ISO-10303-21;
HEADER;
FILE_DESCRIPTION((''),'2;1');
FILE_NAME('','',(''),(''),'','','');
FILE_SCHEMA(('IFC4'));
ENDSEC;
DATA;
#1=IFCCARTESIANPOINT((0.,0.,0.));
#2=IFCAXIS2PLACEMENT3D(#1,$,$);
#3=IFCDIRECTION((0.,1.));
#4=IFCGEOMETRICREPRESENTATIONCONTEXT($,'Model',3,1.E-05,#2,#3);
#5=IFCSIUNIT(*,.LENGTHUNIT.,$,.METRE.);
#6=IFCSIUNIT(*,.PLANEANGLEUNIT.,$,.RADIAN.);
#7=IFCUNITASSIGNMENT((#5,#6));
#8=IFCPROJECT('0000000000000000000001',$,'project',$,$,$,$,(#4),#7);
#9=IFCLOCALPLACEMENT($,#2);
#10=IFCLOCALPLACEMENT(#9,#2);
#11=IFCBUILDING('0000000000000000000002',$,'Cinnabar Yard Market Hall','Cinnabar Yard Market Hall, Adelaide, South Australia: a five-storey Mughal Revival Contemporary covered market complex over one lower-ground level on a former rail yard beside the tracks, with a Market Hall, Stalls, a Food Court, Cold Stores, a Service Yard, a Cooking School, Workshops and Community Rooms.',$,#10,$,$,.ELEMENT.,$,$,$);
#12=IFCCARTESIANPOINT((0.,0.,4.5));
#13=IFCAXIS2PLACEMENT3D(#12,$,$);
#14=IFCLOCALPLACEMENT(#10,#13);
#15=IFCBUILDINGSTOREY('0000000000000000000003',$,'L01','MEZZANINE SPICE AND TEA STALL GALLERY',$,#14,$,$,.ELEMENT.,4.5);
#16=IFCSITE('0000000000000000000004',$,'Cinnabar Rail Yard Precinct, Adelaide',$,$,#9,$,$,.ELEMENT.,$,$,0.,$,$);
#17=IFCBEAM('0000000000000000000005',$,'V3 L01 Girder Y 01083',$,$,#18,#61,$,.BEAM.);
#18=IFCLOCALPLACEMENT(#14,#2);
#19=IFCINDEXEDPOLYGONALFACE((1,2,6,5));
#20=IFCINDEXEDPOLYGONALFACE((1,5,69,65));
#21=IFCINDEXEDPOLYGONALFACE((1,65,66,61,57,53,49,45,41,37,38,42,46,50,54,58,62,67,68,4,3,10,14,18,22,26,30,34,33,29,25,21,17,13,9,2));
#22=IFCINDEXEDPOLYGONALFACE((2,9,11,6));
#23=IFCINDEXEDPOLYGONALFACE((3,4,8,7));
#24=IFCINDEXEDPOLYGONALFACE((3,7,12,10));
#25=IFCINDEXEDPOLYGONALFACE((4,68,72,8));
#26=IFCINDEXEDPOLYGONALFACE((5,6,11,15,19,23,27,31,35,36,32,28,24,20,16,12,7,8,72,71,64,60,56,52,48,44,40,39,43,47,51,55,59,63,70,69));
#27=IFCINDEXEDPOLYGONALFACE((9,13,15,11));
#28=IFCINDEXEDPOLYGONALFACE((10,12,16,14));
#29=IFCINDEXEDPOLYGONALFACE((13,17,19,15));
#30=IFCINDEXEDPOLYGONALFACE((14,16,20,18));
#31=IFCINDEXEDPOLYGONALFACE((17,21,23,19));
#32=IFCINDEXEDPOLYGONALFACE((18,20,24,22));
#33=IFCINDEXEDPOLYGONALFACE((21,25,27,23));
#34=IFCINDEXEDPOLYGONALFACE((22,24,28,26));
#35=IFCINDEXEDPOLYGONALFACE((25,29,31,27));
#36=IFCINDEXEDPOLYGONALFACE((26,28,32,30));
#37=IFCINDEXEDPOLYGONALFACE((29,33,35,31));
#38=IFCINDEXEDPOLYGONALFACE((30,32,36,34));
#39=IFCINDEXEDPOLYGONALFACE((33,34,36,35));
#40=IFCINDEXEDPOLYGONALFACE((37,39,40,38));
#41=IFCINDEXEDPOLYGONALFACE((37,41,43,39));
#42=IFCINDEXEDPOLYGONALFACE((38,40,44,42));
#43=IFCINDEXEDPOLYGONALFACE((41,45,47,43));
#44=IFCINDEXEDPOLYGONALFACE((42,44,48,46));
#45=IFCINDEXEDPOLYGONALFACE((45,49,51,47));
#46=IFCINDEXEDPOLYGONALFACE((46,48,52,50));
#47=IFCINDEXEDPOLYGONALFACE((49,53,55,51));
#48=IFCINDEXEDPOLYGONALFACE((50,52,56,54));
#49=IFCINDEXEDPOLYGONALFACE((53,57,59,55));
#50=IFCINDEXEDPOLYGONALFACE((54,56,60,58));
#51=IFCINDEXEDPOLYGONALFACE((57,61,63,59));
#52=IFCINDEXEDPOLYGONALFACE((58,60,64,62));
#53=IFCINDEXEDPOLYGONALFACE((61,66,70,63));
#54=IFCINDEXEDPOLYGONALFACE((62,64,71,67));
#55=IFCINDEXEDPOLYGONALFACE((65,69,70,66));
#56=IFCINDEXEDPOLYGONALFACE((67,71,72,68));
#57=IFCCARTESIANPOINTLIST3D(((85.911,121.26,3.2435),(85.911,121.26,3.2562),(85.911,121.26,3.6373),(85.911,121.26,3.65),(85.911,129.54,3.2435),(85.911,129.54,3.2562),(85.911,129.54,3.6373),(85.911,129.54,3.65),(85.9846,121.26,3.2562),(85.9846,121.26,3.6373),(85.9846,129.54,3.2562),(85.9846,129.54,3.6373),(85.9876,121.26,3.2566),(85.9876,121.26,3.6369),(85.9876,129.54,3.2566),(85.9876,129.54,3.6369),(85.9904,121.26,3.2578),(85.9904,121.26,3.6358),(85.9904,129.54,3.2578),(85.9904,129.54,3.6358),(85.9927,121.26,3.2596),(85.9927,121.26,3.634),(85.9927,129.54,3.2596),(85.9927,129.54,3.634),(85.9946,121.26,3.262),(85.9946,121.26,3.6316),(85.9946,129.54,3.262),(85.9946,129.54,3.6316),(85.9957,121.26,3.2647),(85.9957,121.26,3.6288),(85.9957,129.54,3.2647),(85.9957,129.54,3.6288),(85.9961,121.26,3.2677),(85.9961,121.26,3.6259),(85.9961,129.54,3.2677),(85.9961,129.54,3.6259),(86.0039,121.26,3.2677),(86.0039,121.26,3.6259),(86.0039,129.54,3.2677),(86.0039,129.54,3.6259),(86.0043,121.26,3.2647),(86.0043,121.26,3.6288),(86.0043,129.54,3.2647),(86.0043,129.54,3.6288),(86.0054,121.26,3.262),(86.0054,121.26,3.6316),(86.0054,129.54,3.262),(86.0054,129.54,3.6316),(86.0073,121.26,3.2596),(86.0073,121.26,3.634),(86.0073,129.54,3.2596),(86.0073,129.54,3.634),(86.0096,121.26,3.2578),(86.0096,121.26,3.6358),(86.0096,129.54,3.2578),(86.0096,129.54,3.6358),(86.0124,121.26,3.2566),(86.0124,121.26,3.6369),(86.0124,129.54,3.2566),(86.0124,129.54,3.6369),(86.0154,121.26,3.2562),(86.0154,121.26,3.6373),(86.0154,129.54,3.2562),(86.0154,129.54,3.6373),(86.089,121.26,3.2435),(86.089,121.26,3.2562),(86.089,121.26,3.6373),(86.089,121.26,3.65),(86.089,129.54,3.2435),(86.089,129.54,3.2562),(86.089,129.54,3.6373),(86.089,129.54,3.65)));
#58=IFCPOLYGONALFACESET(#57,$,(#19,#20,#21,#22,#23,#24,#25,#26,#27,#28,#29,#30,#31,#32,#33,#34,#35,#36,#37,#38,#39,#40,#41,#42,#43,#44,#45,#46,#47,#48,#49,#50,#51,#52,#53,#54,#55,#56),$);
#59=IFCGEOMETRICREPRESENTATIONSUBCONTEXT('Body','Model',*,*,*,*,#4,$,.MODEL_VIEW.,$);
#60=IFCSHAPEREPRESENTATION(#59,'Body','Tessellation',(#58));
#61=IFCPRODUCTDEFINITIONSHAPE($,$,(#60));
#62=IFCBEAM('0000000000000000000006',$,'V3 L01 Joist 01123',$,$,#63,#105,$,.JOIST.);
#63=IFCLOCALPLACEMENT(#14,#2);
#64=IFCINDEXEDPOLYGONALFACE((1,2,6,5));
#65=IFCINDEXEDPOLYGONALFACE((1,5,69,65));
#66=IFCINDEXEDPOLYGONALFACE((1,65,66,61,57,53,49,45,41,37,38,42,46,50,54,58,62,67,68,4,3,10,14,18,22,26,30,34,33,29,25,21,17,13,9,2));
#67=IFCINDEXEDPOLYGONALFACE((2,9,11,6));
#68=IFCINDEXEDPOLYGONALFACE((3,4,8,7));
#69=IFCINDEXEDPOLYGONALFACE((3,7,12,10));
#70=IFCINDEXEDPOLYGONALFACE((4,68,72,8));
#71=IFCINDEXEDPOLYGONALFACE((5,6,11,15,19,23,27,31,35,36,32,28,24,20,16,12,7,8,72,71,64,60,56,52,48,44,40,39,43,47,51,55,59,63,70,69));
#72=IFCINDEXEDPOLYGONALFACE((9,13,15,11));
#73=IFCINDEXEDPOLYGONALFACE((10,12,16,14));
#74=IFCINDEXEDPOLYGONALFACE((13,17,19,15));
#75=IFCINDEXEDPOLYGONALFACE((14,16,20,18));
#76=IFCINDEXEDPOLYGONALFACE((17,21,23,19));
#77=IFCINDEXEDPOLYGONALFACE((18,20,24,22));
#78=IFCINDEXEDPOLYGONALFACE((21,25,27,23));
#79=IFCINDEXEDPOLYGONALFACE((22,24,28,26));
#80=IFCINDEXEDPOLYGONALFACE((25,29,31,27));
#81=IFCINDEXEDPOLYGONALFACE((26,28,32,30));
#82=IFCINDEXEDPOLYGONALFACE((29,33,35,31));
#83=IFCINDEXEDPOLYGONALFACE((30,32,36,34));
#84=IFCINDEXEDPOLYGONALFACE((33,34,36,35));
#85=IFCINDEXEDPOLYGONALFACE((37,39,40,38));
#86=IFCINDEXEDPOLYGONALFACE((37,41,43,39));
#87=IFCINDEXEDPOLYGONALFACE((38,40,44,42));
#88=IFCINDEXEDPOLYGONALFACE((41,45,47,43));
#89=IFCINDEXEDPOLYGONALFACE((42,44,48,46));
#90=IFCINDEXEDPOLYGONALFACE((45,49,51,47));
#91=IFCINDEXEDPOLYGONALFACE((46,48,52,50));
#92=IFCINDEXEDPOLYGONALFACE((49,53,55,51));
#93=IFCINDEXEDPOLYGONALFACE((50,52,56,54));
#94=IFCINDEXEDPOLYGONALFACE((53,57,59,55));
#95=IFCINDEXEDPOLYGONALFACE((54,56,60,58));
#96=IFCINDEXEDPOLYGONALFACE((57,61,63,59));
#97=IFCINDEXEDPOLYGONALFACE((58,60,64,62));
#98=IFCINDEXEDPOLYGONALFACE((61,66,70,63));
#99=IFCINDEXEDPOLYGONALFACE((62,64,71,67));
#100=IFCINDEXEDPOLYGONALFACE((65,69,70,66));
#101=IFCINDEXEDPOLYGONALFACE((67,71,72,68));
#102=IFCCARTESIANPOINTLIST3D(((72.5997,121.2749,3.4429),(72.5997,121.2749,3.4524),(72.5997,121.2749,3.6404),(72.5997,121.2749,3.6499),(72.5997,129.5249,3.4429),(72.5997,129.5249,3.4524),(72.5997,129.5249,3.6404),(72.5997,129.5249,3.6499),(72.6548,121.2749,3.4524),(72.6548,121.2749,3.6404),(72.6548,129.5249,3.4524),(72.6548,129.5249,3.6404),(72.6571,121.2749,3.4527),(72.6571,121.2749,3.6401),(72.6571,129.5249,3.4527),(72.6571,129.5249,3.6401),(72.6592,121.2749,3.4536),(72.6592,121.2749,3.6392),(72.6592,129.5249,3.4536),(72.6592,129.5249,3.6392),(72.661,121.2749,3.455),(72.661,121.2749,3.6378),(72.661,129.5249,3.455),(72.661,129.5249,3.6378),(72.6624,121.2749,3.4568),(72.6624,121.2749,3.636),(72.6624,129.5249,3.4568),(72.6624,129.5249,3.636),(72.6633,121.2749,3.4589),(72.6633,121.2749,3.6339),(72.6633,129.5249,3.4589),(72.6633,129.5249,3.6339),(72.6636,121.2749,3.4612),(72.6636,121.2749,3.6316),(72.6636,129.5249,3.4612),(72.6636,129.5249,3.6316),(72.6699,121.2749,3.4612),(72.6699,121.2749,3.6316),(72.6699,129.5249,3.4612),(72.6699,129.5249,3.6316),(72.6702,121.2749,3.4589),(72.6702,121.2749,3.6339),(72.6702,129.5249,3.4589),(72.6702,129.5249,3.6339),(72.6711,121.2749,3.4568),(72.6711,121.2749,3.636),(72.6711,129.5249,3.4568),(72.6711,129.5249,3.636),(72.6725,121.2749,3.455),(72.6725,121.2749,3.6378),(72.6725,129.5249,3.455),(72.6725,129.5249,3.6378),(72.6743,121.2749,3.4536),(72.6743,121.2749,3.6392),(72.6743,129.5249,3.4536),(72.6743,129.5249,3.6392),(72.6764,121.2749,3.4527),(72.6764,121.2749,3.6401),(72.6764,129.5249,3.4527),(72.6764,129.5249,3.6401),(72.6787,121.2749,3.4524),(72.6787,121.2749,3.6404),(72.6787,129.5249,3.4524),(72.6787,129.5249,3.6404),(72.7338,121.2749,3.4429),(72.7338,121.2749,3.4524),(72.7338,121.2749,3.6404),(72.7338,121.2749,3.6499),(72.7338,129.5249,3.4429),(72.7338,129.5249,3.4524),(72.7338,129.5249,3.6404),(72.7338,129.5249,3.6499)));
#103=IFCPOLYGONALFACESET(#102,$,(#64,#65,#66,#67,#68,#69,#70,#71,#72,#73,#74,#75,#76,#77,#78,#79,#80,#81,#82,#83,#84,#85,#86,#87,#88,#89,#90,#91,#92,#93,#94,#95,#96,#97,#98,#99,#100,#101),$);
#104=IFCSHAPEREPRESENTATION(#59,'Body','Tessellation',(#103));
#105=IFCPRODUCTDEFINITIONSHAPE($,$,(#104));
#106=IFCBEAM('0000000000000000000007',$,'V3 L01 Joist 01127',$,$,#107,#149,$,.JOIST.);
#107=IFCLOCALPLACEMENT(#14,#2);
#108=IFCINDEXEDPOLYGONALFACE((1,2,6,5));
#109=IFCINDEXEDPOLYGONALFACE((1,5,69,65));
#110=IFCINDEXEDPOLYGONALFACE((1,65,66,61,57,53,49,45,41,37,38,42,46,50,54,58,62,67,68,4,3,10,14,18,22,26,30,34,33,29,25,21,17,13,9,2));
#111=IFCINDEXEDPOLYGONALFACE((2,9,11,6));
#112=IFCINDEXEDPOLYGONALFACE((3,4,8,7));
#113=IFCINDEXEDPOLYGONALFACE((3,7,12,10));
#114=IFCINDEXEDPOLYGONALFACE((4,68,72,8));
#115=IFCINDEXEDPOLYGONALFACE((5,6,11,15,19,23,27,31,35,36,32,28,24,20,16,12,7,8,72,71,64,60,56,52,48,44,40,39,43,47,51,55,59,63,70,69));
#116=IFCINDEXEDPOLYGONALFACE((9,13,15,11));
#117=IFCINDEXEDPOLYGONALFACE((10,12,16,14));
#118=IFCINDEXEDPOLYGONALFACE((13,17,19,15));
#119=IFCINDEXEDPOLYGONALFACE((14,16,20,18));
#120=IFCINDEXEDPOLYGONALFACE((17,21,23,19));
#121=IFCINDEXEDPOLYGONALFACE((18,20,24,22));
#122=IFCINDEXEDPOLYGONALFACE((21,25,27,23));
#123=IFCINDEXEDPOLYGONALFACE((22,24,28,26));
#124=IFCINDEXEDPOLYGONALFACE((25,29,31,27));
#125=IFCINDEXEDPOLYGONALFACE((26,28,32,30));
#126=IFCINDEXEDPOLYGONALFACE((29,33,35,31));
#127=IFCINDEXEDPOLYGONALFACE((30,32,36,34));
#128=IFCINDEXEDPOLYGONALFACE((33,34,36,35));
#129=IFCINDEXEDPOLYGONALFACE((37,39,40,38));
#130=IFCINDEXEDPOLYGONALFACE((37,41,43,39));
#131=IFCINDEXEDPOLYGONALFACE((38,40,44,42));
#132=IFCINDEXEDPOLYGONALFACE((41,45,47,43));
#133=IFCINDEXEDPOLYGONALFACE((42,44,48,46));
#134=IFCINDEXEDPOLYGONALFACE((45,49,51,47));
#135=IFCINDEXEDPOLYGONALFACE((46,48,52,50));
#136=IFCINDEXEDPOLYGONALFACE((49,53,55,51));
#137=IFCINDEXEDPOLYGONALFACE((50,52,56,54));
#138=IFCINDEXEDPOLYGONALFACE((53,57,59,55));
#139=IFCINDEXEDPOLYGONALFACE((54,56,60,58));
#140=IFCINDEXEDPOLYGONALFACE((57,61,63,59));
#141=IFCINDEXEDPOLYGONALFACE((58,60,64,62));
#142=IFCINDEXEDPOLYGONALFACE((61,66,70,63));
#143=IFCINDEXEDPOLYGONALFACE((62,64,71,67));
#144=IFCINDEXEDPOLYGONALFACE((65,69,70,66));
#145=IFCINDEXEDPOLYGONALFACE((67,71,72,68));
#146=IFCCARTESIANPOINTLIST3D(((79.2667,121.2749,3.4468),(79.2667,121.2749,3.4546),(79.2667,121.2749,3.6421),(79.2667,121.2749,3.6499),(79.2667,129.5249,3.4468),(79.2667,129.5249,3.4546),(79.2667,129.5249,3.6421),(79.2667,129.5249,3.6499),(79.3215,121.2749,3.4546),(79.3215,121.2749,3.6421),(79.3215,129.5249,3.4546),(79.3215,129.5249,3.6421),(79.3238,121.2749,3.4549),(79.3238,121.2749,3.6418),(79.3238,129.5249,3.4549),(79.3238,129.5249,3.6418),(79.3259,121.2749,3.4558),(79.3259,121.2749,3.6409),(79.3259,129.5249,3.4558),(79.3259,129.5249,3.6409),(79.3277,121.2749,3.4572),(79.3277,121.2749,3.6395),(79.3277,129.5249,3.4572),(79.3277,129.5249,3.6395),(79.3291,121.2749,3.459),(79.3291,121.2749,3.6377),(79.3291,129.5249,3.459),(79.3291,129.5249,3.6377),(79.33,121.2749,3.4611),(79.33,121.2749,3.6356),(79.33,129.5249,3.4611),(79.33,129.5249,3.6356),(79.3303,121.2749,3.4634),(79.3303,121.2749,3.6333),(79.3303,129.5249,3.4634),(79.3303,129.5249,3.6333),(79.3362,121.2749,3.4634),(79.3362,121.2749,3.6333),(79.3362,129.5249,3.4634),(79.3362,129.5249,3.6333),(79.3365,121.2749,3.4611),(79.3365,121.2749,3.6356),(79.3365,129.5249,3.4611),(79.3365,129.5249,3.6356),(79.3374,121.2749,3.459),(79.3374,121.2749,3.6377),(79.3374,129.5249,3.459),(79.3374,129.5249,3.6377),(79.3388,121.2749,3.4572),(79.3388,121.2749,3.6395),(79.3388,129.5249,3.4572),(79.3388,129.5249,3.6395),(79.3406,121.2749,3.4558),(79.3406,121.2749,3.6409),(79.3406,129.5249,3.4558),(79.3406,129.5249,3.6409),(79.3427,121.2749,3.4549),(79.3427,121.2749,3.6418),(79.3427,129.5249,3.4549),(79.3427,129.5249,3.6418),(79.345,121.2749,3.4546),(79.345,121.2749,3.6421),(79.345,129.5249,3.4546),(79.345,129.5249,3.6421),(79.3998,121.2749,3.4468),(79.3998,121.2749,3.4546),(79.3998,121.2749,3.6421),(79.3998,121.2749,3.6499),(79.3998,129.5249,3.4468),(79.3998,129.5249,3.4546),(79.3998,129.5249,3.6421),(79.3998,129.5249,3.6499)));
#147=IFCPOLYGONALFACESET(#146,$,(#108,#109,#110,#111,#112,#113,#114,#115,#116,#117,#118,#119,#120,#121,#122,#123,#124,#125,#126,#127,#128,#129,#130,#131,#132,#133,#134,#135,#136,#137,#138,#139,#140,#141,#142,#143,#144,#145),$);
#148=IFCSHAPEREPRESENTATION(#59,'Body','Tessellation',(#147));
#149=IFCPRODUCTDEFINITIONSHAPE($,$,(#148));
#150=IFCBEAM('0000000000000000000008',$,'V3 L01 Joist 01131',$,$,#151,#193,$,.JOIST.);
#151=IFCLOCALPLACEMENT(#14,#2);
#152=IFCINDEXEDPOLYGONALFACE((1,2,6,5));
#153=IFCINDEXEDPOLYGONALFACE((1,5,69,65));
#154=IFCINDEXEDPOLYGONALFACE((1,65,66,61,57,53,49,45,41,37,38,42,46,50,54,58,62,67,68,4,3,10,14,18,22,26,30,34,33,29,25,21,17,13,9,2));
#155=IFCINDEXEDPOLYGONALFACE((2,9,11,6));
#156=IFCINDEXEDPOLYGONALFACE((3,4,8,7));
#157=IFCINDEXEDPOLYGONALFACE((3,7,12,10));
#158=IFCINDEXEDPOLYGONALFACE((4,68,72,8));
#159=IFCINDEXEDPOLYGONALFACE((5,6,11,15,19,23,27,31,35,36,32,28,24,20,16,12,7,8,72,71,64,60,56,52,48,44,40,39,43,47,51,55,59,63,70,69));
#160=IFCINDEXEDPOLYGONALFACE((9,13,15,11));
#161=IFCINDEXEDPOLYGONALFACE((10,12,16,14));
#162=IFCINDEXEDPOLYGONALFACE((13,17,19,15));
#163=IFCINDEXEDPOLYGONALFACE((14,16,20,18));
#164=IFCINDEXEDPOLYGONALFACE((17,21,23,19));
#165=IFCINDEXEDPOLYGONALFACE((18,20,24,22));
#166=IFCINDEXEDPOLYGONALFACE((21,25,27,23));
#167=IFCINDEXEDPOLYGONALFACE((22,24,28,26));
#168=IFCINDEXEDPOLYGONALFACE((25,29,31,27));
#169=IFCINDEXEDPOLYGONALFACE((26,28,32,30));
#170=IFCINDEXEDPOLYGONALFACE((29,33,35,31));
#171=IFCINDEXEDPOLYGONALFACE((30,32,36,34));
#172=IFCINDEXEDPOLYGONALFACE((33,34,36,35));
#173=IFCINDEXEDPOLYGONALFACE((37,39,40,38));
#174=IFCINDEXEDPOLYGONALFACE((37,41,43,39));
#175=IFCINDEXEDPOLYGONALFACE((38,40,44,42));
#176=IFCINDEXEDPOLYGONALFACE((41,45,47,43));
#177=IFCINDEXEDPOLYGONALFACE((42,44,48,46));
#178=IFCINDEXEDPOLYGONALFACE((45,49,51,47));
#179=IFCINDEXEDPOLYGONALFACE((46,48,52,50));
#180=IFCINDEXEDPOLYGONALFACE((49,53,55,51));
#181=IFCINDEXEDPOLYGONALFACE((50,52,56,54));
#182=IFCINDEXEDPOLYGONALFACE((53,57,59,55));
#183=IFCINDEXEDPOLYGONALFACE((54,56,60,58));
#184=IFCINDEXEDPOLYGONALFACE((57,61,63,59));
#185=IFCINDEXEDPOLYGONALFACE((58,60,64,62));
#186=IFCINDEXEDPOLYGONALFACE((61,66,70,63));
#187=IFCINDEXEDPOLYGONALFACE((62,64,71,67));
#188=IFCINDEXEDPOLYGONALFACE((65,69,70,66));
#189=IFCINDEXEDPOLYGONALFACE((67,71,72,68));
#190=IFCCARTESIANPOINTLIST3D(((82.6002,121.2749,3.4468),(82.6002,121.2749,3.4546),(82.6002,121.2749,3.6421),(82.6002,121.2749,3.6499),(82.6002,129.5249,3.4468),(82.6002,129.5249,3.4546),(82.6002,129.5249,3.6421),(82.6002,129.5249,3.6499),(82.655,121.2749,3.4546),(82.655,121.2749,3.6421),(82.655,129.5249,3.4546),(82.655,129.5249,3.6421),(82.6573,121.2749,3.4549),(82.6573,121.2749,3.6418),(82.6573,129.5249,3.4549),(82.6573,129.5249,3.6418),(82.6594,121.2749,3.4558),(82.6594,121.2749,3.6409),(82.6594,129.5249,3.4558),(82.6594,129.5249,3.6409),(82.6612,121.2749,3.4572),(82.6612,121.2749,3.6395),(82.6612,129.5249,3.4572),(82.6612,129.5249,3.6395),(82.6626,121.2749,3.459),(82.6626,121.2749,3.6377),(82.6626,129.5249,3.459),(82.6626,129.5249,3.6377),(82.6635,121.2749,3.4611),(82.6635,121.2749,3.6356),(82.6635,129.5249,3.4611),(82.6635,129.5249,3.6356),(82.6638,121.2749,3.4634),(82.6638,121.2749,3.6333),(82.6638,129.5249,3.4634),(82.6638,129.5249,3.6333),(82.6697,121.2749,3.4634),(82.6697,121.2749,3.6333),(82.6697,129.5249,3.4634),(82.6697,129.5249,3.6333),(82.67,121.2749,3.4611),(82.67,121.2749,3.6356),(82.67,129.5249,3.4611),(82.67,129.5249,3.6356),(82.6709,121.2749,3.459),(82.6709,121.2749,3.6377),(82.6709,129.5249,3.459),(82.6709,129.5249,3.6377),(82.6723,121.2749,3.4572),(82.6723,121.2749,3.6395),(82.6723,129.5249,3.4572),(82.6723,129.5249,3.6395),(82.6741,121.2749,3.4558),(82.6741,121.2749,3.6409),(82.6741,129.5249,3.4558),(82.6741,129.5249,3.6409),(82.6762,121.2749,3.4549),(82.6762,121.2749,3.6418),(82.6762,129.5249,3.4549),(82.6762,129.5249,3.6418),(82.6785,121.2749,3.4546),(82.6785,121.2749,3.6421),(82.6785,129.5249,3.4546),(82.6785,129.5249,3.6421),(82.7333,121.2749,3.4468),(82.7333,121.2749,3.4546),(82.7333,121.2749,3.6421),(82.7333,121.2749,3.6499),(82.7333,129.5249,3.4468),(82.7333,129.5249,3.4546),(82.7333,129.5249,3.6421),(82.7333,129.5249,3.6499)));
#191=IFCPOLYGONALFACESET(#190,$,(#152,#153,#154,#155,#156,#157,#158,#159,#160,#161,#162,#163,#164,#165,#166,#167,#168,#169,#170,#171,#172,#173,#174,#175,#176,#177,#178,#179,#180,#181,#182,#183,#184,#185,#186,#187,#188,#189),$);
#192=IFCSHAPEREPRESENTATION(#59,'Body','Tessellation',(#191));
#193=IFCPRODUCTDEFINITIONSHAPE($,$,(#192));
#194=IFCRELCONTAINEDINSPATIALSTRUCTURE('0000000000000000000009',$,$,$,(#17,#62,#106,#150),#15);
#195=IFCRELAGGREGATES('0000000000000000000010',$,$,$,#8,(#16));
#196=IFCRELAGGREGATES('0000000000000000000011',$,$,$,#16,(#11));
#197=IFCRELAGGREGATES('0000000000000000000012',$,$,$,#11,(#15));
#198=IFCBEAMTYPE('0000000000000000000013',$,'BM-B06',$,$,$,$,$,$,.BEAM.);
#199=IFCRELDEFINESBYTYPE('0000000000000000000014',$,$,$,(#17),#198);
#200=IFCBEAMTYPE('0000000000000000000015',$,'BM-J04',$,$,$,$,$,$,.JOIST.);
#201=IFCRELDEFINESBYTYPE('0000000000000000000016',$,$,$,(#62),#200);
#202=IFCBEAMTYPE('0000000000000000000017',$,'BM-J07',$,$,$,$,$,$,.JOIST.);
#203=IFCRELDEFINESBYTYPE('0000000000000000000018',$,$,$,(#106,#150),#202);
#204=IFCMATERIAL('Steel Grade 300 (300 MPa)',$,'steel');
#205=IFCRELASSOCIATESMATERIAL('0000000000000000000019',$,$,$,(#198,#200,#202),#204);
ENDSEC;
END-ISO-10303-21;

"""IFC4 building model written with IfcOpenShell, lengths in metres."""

from ifc_helpers import new_model, si_unit, direction, frame, origin, origin_2d_with_axis, place, context, subcontext, project, spatial, i_section, extrude, material, material_profile, profile_set, type_object, element, save


model = new_model("IFC4")

# Units and contexts
model_context = context("Model", 3, precision=1e-05, world=origin(), true_north=direction((0.0, 1.0)))
body_context = subcontext(model_context, "Body", "Model", "MODEL_VIEW")
ifc_project = project(units=[si_unit("LENGTHUNIT", "METRE"), si_unit("PLANEANGLEUNIT", "RADIAN")], contexts=[model_context])

# Site, building, storey
site_placement = place(None, origin())
site = spatial("IfcSite", under=ifc_project, at=site_placement, Name="Cinnabar Rail Yard Precinct, Adelaide", CompositionType="ELEMENT", RefElevation=0.0)
building_placement = place(site_placement, origin())
building = spatial("IfcBuilding", under=site, at=building_placement, Name="Cinnabar Yard Market Hall", Description="Cinnabar Yard Market Hall, Adelaide, South Australia: a five-storey Mughal Revival Contemporary covered market complex over one lower-ground level on a former rail yard beside the tracks, with a Market Hall, Stalls, a Food Court, Cold Stores, a Service Yard, a Cooking School, Workshops and Community Rooms.", CompositionType="ELEMENT")
storey_placement = place(building_placement, frame((0.0, 0.0, 4.5)))
storey = spatial("IfcBuildingStorey", under=building, at=storey_placement, Name="L01", Description="MEZZANINE SPICE AND TEA STALL GALLERY", CompositionType="ELEMENT", Elevation=4.5)

# Shared definitions
ifc_material_1 = material(Name="Steel Grade 300 (300 MPa)", Category="steel")

# Beams
ifc_material_profile_1 = material_profile(ifc_material_1, i_section(OverallWidth=0.178, OverallDepth=0.4065, WebThickness=0.0078, FlangeThickness=0.0127, FilletRadius=0.0115, at=origin_2d_with_axis()), Name="410UB59.7")
ifc_profile_set_1 = profile_set([ifc_material_profile_1], Name="Steel Grade 300 (300 MPa)")
beam_type_1 = type_object("IfcBeamType", Name="BM-B06", PredefinedType="BEAM", material=ifc_profile_set_1)
for number, where, z_axis, x_axis, name in (
    (1, (86.0, 121.26, 3.4468), (0.0, 1.0, 0.0), (-1.0, 0.0, 0.0), "V3 L01 Girder Y 01083"),
):
    element("IfcBeam", number, at=place(storey_placement, frame(where, z_axis=z_axis, x_axis=x_axis)), inside=storey, type_object=beam_type_1, Name=name, PredefinedType="BEAM", context=body_context, shape_type="SweptSolid", body=[
        extrude(i_section(OverallWidth=0.178, OverallDepth=0.4065, WebThickness=0.0078, FlangeThickness=0.0127, FilletRadius=0.0115, at=origin_2d_with_axis()), origin(), (0.0, 0.0, 1.0), 8.28),
    ])
ifc_material_profile_2 = material_profile(ifc_material_1, i_section(OverallWidth=0.134, OverallDepth=0.207, WebThickness=0.0063, FlangeThickness=0.0095, FilletRadius=0.0088, at=origin_2d_with_axis()), Name="200UB29.8")
ifc_profile_set_2 = profile_set([ifc_material_profile_2], Name="Steel Grade 300 (300 MPa)")
beam_type_2 = type_object("IfcBeamType", Name="BM-J04", PredefinedType="JOIST", material=ifc_profile_set_2)
beam_1_placement = place(storey_placement, frame((72.6667, 121.2749, 3.5464), z_axis=(0.0, 1.0, 0.0), x_axis=(-1.0, 0.0, 0.0)))
element("IfcBeam", 2, at=beam_1_placement, inside=storey, type_object=beam_type_2, Name="V3 L01 Joist 01123", PredefinedType="JOIST", context=body_context, shape_type="SweptSolid", body=[
    extrude(i_section(OverallWidth=0.134, OverallDepth=0.207, WebThickness=0.0063, FlangeThickness=0.0095, FilletRadius=0.0088, at=origin_2d_with_axis()), origin(), (0.0, 0.0, 1.0), 8.25),
])
ifc_material_profile_3 = material_profile(ifc_material_1, i_section(OverallWidth=0.1331, OverallDepth=0.2031, WebThickness=0.0059, FlangeThickness=0.0078, FilletRadius=0.0088, at=origin_2d_with_axis()), Name="200UB25.4")
ifc_profile_set_3 = profile_set([ifc_material_profile_3], Name="Steel Grade 300 (300 MPa)")
beam_type_3 = type_object("IfcBeamType", Name="BM-J07", PredefinedType="JOIST", material=ifc_profile_set_3)
for number, where, z_axis, x_axis, name in (
    (3, (79.3333, 121.2749, 3.5483), (0.0, 1.0, 0.0), (-1.0, 0.0, 0.0), "V3 L01 Joist 01127"),
    (4, (82.6667, 121.2749, 3.5483), (0.0, 1.0, 0.0), (-1.0, 0.0, 0.0), "V3 L01 Joist 01131"),
):
    element("IfcBeam", number, at=place(storey_placement, frame(where, z_axis=z_axis, x_axis=x_axis)), inside=storey, type_object=beam_type_3, Name=name, PredefinedType="JOIST", context=body_context, shape_type="SweptSolid", body=[
        extrude(i_section(OverallWidth=0.1331, OverallDepth=0.2031, WebThickness=0.0059, FlangeThickness=0.0078, FilletRadius=0.0088, at=origin_2d_with_axis()), origin(), (0.0, 0.0, 1.0), 8.25),
    ])

save(model, "model.ifc")
